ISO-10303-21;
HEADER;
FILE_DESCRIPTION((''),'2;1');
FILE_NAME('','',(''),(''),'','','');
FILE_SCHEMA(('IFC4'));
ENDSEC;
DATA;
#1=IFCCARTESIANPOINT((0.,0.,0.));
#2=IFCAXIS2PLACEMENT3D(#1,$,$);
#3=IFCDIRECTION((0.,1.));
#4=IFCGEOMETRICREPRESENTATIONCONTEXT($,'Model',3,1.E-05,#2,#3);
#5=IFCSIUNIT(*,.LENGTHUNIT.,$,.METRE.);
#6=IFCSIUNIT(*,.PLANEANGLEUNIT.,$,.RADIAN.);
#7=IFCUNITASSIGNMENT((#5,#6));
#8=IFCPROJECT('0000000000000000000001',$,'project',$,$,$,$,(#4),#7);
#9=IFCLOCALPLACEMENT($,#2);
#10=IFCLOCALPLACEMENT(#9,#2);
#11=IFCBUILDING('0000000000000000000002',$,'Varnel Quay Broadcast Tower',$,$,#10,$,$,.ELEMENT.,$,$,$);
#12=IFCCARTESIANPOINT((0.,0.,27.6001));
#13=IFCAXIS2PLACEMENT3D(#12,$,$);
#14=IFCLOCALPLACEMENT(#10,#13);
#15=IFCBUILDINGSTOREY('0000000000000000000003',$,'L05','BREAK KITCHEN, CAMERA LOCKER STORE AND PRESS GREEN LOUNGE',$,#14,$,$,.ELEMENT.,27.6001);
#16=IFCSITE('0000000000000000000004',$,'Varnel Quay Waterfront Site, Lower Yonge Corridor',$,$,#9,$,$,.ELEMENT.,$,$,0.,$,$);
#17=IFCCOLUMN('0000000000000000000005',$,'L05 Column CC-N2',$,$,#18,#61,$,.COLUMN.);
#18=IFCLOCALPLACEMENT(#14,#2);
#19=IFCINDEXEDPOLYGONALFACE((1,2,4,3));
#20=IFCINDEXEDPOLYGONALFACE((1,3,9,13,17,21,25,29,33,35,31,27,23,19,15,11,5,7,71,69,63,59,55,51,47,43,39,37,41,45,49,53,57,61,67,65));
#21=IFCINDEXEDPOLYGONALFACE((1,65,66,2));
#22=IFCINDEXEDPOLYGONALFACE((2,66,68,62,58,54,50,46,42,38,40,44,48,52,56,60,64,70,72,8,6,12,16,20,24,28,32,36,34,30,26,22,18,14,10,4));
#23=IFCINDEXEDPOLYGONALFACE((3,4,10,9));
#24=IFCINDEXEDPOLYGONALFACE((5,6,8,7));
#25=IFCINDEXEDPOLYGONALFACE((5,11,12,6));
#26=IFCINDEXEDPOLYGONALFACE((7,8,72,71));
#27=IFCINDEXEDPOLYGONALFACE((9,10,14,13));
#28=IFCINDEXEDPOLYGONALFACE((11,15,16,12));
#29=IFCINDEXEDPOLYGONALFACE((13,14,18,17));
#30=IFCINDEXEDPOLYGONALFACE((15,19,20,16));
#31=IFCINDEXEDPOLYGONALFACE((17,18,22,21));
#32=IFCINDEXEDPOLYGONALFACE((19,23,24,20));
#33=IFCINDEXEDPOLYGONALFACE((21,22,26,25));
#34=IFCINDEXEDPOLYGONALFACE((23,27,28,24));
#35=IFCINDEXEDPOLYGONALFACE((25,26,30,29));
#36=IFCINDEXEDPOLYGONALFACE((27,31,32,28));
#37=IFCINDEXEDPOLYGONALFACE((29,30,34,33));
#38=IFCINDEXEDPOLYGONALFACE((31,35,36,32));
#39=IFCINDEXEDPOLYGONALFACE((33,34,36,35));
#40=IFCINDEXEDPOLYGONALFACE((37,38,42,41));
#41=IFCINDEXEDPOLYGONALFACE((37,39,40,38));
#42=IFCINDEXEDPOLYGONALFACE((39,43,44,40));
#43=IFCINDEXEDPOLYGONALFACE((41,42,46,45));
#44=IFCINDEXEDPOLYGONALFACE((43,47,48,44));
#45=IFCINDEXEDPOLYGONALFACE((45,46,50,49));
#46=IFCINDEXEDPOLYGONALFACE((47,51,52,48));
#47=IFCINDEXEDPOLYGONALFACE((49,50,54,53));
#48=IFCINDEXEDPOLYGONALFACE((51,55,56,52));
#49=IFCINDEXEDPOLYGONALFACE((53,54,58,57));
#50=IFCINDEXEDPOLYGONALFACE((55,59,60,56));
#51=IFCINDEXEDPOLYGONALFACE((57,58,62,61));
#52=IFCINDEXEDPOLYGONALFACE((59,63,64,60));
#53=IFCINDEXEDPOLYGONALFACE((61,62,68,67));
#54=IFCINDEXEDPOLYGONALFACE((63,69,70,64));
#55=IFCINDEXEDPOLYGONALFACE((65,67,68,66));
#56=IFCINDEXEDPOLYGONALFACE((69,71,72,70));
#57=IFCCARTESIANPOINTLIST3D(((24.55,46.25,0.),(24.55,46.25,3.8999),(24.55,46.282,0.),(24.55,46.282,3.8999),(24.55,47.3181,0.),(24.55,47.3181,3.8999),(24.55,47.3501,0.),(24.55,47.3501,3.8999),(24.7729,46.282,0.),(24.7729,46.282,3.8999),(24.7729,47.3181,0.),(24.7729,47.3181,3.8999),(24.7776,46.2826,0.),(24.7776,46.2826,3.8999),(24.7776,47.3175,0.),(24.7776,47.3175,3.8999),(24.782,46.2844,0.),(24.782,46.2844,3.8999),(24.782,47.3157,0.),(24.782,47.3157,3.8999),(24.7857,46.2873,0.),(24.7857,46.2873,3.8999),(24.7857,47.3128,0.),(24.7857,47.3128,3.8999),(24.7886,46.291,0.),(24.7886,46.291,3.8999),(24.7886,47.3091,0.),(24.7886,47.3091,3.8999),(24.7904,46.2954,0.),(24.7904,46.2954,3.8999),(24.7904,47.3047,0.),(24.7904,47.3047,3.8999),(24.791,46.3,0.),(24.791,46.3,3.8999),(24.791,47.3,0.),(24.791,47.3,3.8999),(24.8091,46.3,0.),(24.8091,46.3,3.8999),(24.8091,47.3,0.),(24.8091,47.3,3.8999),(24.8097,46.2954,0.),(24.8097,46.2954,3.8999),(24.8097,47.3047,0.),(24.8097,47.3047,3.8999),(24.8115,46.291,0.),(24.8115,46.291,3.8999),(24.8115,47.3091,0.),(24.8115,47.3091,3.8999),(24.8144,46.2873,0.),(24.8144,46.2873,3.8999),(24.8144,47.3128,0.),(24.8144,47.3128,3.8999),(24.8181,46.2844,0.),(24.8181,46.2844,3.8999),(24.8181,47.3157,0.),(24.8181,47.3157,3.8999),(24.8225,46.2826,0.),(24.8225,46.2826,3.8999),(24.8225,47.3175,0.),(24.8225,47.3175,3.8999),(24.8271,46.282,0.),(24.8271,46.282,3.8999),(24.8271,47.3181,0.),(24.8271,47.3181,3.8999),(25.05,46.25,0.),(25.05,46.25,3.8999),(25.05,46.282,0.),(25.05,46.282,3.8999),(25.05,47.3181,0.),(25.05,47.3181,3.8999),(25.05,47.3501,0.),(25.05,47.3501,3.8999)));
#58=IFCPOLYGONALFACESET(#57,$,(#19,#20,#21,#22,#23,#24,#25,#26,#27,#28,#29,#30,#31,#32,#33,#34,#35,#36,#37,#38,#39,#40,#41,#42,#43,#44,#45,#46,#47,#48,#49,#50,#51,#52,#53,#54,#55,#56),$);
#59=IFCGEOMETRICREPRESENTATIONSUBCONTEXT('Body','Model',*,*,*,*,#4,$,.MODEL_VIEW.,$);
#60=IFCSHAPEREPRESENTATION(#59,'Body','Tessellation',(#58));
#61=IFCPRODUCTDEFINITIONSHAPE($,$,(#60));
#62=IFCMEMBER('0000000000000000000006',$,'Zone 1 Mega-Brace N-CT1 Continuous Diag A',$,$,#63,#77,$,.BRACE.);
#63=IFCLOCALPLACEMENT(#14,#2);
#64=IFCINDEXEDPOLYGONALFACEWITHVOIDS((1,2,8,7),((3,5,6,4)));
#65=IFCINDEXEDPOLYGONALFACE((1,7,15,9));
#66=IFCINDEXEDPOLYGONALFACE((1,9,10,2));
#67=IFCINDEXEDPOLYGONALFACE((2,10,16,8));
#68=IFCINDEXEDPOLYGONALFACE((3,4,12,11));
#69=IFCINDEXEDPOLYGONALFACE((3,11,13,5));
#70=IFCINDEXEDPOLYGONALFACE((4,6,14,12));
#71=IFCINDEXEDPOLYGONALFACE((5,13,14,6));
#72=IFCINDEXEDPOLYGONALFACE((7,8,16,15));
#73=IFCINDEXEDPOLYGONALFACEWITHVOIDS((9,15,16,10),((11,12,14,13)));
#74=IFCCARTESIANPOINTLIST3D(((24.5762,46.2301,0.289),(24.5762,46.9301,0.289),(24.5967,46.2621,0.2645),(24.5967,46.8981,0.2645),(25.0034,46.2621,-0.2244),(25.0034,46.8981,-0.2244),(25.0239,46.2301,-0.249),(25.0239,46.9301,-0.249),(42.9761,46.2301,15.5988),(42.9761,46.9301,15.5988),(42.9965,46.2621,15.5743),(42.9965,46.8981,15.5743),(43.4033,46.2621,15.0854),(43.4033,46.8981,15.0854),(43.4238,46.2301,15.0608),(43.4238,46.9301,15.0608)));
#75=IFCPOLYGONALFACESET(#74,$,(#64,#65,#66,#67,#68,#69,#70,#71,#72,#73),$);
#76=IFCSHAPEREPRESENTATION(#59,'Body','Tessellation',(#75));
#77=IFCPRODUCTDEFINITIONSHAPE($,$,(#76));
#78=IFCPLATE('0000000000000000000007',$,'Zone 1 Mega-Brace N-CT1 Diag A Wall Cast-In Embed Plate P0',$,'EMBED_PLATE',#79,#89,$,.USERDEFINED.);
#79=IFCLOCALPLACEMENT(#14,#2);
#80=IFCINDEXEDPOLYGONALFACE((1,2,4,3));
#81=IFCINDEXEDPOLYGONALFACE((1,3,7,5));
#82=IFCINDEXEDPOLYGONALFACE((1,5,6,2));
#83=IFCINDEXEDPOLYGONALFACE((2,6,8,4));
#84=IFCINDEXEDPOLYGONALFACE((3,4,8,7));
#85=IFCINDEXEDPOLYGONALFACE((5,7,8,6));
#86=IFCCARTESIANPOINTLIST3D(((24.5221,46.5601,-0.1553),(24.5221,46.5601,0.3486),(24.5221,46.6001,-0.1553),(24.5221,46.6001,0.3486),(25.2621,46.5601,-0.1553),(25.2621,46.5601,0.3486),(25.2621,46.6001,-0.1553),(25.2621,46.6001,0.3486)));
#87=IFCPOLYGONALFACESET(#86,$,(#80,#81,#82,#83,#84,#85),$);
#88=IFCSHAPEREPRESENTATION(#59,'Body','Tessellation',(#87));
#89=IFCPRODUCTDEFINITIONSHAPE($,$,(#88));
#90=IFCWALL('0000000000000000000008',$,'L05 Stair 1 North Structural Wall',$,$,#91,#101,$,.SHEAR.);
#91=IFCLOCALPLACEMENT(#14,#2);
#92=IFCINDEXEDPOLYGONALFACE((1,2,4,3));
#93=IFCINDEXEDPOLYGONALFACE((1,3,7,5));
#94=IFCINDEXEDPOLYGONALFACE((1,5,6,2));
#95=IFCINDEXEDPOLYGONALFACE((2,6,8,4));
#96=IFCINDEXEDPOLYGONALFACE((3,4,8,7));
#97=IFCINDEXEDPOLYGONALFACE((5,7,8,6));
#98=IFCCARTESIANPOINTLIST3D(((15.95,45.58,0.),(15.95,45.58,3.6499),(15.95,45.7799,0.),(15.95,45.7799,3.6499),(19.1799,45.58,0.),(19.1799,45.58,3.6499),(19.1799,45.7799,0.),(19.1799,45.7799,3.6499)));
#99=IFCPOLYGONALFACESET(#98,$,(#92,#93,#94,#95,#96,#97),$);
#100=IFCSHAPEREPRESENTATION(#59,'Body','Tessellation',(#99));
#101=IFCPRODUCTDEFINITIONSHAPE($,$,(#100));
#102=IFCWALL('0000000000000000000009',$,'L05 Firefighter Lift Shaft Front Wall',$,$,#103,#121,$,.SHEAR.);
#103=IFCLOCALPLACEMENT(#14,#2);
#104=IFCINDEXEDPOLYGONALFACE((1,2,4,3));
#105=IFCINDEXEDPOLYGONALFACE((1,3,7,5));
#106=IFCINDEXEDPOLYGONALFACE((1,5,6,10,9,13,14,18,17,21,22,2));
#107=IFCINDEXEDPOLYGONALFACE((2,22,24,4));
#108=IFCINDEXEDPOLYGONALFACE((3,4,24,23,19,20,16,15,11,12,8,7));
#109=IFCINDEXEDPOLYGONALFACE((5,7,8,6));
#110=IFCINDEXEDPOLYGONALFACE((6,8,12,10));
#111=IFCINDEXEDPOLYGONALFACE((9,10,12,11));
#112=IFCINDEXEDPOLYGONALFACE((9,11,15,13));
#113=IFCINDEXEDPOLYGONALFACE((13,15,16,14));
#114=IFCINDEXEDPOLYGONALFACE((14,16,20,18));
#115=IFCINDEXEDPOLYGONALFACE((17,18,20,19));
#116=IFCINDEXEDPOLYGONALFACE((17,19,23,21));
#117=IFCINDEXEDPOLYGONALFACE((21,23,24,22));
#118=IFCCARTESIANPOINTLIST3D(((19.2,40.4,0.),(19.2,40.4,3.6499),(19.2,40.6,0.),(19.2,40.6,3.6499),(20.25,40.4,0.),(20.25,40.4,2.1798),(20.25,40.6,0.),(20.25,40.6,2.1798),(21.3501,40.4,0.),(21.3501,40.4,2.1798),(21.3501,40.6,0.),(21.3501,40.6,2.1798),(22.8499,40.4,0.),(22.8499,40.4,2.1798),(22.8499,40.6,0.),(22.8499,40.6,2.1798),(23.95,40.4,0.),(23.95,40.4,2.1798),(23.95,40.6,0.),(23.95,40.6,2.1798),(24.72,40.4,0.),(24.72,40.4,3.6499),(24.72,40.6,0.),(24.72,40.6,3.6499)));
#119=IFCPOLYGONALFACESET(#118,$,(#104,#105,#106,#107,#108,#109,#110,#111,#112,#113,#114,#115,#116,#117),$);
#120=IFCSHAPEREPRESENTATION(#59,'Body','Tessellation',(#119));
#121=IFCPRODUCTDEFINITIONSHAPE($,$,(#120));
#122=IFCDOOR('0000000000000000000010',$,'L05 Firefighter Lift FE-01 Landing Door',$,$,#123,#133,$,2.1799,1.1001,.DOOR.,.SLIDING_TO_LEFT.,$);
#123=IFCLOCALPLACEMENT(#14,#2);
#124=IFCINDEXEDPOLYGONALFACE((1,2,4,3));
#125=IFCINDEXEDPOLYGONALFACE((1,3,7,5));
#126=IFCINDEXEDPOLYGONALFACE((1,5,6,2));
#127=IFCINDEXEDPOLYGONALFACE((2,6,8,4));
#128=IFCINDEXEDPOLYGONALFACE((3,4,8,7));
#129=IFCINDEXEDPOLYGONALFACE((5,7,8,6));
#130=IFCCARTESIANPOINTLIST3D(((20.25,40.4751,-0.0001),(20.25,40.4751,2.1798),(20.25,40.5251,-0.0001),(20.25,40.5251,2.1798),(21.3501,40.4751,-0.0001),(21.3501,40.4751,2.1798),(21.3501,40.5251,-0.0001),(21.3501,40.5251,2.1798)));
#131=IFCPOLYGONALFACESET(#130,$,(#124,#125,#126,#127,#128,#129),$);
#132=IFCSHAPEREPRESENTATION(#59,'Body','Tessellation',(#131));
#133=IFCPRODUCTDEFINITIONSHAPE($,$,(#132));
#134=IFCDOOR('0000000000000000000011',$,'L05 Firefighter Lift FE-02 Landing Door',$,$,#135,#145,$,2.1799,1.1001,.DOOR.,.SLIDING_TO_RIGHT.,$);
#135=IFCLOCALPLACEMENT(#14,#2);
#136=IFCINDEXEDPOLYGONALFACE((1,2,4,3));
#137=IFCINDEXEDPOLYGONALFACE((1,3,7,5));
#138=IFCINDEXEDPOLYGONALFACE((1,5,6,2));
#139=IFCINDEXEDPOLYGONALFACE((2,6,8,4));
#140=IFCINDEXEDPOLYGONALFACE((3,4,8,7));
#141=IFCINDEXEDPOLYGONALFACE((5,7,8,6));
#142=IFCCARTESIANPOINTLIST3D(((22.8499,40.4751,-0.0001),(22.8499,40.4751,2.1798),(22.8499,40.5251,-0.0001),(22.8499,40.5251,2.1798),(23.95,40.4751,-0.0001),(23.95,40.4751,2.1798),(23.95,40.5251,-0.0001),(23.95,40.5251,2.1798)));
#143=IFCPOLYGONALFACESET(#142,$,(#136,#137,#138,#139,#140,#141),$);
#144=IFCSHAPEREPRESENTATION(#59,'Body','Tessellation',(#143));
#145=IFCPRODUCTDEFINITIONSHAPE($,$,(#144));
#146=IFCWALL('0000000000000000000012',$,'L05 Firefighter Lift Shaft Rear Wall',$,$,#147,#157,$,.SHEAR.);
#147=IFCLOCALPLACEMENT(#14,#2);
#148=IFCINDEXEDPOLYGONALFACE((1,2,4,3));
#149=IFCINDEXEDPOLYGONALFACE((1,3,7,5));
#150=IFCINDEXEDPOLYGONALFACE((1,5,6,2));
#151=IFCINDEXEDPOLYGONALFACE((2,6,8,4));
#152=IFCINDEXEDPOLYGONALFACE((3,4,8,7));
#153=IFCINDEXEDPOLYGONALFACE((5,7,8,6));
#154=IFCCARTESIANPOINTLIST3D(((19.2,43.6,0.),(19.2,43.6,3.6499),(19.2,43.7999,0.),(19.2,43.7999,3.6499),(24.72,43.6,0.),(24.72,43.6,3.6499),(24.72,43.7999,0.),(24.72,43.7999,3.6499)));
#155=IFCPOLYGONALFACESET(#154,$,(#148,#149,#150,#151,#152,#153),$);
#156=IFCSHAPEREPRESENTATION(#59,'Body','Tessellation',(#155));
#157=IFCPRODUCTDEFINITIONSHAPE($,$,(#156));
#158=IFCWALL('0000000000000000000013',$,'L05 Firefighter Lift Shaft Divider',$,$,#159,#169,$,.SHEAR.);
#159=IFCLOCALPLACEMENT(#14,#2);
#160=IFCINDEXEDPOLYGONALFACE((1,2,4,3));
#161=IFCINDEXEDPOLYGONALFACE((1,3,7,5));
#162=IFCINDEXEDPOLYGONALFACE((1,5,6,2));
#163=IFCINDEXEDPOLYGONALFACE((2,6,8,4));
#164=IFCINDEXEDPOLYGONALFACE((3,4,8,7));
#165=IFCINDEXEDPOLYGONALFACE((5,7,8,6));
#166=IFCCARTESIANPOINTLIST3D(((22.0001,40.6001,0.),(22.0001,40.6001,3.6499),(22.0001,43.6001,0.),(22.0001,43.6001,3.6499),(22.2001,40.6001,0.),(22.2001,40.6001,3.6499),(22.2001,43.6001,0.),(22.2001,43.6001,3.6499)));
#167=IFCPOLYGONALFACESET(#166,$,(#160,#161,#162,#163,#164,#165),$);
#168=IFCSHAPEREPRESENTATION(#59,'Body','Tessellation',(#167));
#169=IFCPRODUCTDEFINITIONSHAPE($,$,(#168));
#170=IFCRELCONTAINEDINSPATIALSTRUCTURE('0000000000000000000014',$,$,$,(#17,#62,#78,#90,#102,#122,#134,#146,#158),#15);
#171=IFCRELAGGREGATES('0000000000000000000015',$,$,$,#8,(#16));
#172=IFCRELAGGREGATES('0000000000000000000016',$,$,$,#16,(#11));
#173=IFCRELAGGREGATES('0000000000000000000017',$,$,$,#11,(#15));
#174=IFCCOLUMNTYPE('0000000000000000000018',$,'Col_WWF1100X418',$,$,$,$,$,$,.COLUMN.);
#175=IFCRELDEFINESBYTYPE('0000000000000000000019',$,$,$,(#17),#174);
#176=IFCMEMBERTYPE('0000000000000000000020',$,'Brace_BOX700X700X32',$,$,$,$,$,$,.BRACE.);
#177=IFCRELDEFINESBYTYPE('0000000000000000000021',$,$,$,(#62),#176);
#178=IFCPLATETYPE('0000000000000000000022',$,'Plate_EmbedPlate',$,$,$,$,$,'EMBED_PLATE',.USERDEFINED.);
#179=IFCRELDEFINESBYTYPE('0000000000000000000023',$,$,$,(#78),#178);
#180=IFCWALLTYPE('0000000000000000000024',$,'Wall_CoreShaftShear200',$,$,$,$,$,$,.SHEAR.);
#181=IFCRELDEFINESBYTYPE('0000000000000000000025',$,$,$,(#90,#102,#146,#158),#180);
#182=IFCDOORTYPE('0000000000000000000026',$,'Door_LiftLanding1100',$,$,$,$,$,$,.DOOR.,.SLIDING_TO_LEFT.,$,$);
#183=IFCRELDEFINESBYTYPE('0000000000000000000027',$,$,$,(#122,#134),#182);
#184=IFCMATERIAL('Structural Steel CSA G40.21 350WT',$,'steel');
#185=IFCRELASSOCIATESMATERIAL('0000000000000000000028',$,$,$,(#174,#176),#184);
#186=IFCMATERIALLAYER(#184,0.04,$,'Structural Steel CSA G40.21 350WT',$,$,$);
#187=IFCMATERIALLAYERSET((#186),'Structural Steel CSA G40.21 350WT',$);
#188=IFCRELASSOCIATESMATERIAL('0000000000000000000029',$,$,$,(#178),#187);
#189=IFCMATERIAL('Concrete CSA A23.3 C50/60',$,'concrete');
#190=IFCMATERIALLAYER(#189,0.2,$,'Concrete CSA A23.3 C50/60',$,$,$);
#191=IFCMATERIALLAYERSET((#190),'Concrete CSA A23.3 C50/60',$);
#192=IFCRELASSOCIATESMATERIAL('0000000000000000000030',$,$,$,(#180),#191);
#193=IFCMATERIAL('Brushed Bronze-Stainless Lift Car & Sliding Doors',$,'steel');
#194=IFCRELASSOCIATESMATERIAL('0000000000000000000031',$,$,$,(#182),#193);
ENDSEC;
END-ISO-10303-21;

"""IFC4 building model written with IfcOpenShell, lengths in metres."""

from ifc_helpers import new_model, si_unit, direction, frame, frame_2d, origin, origin_2d, place, context, subcontext, project, spatial, rectangle, hollow_rectangle, i_section, extrude, source, transform, mapped, material, layer, layer_set, material_profile, profile_set, type_object, type_shapes, element, fill, save


model = new_model("IFC4")

# Units and contexts
model_context = context("Model", 3, precision=1e-05, world=origin(), true_north=direction((0.0, 1.0)))
body_context = subcontext(model_context, "Body", "Model", "MODEL_VIEW")
ifc_project = project(units=[si_unit("LENGTHUNIT", "METRE"), si_unit("PLANEANGLEUNIT", "RADIAN")], contexts=[model_context])

# Site, building, storey
site_placement = place(None, origin())
site = spatial("IfcSite", under=ifc_project, at=site_placement, Name="Varnel Quay Waterfront Site, Lower Yonge Corridor", CompositionType="ELEMENT", RefElevation=0.0)
building_placement = place(site_placement, origin())
building = spatial("IfcBuilding", under=site, at=building_placement, Name="Varnel Quay Broadcast Tower", CompositionType="ELEMENT")
storey_placement = place(building_placement, frame((0.0, 0.0, 27.6001)))
storey = spatial("IfcBuildingStorey", under=building, at=storey_placement, Name="L05", Description="BREAK KITCHEN, CAMERA LOCKER STORE AND PRESS GREEN LOUNGE", CompositionType="ELEMENT", Elevation=27.6001)

# Column
ifc_material_1 = material(Name="Structural Steel CSA G40.21 350WT", Category="steel")
ifc_material_profile_1 = material_profile(ifc_material_1, i_section(OverallWidth=0.5, OverallDepth=1.1001, WebThickness=0.0181, FlangeThickness=0.032, FilletRadius=0.0181, at=origin_2d()), Name="WWF1100X418")
ifc_profile_set_1 = profile_set([ifc_material_profile_1], Name="Structural Steel CSA G40.21 350WT")
column_type = type_object("IfcColumnType", Name="Col_WWF1100X418", PredefinedType="COLUMN", material=ifc_profile_set_1)
shared_shape_1 = source(origin(), body_context, "Body", "SweptSolid", [
    extrude(i_section(OverallWidth=0.5, OverallDepth=1.1001, WebThickness=0.0181, FlangeThickness=0.032, FilletRadius=0.0181, at=origin_2d()), origin(), (0.0, 0.0, 1.0), 3.8999),
])
type_shapes(column_type, [shared_shape_1])
column_placement = place(storey_placement, frame((24.8, 46.8, 0.0), z_axis=(0.0, 0.0, 1.0), x_axis=(1.0, 0.0, 0.0)))
element("IfcColumn", 1, at=column_placement, inside=storey, type_object=column_type, Name="L05 Column CC-N2", PredefinedType="COLUMN", context=body_context, shape_type="MappedRepresentation", body=[
    mapped(shared_shape_1, transform((0.0, 0.0, 0.0), x_axis=(1.0, 0.0, 0.0), y_axis=(0.0, 1.0, 0.0), z_axis=(0.0, 0.0, 1.0), scale=1.0)),
])

# Member
ifc_material_profile_2 = material_profile(ifc_material_1, hollow_rectangle(XDim=0.7, YDim=0.7, WallThickness=0.032, at=origin_2d()), Name="BOX700X700X32")
ifc_profile_set_2 = profile_set([ifc_material_profile_2], Name="Structural Steel CSA G40.21 350WT")
member_type = type_object("IfcMemberType", Name="Brace_BOX700X700X32", PredefinedType="BRACE", material=ifc_profile_set_2)
shared_shape_2 = source(origin(), body_context, "Body", "SweptSolid", [
    extrude(hollow_rectangle(XDim=0.7, YDim=0.7, WallThickness=0.032, at=origin_2d()), origin(), (0.0, 0.0, 1.0), 23.9363),
])
type_shapes(member_type, [shared_shape_2])
member_placement = place(storey_placement, frame((24.8, 46.5801, 0.02), z_axis=(0.768703, 0.0, 0.639606), x_axis=(0.0, 1.0, 0.0)))
element("IfcMember", 2, at=member_placement, inside=storey, type_object=member_type, Name="Zone 1 Mega-Brace N-CT1 Continuous Diag A", PredefinedType="BRACE", context=body_context, shape_type="MappedRepresentation", body=[
    mapped(shared_shape_2, transform((0.0, 0.0, 0.0), x_axis=(1.0, 0.0, 0.0), y_axis=(0.0, 1.0, 0.0), z_axis=(0.0, 0.0, 1.0), scale=1.0)),
])

# Plate
ifc_layer_1 = layer(ifc_material_1, 0.04, Name="Structural Steel CSA G40.21 350WT")
ifc_layer_set_1 = layer_set([ifc_layer_1], Name="Structural Steel CSA G40.21 350WT")
plate_type = type_object("IfcPlateType", Name="Plate_EmbedPlate", ElementType="EMBED_PLATE", PredefinedType="USERDEFINED", material=ifc_layer_set_1)
shared_shape_3 = source(origin(), body_context, "Body", "SweptSolid", [
    extrude(rectangle(XDim=0.74, YDim=0.04, at=origin_2d()), origin(), (0.0, 0.0, 1.0), 0.5039),
])
type_shapes(plate_type, [shared_shape_3])
plate_placement = place(storey_placement, frame((24.8921, 46.5801, -0.1553), z_axis=(0.0, 0.0, 1.0), x_axis=(1.0, 0.0, 0.0)))
element("IfcPlate", 3, at=plate_placement, inside=storey, type_object=plate_type, Name="Zone 1 Mega-Brace N-CT1 Diag A Wall Cast-In Embed Plate P0", ObjectType="EMBED_PLATE", PredefinedType="USERDEFINED", context=body_context, shape_type="MappedRepresentation", body=[
    mapped(shared_shape_3, transform((0.0, 0.0, 0.0), x_axis=(1.0, 0.0, 0.0), y_axis=(0.0, 1.0, 0.0), z_axis=(0.0, 0.0, 1.0), scale=1.0)),
])

# Wall
ifc_material_2 = material(Name="Concrete CSA A23.3 C50/60", Category="concrete")
ifc_layer_2 = layer(ifc_material_2, 0.2, Name="Concrete CSA A23.3 C50/60")
ifc_layer_set_2 = layer_set([ifc_layer_2], Name="Concrete CSA A23.3 C50/60")
wall_type_1 = type_object("IfcWallType", Name="Wall_CoreShaftShear200", PredefinedType="SHEAR", material=ifc_layer_set_2)
wall_1_placement = place(storey_placement, frame((15.95, 45.6799, 0.0), z_axis=(0.0, 0.0, 1.0), x_axis=(1.0, 0.0, 0.0)))
element("IfcWall", 4, at=wall_1_placement, inside=storey, type_object=wall_type_1, Name="L05 Stair 1 North Structural Wall", PredefinedType="SHEAR", context=body_context, shape_type="SweptSolid", body=[
    extrude(rectangle(XDim=3.23, YDim=0.2, at=frame_2d((1.615, 0.0))), origin(), (0.0, 0.0, 1.0), 3.6499),
])

# Wall, openings, doors
wall_2_placement = place(storey_placement, frame((19.2, 40.5, 0.0), z_axis=(0.0, 0.0, 1.0), x_axis=(1.0, 0.0, 0.0)))
wall_2 = element("IfcWall", 5, at=wall_2_placement, inside=storey, type_object=wall_type_1, Name="L05 Firefighter Lift Shaft Front Wall", PredefinedType="SHEAR", context=body_context, shape_type="SweptSolid", body=[
    extrude(rectangle(XDim=5.52, YDim=0.2, at=frame_2d((2.76, 0.0))), origin(), (0.0, 0.0, 1.0), 3.6499),
])
opening_1_placement = place(wall_2_placement, frame((1.05, 0.0, 0.0)))
opening_1 = element("IfcOpeningElement", 6, at=opening_1_placement, cuts=wall_2, PredefinedType="OPENING", context=body_context, shape_type="SweptSolid", body=[
    extrude(rectangle(XDim=1.1001, YDim=2.1799, at=frame_2d((0.55, 1.0898))), frame((0.0, 0.1099, 0.0), z_axis=(0.0, -1.0, 0.0), x_axis=(1.0, 0.0, 0.0)), (0.0, 0.0, 1.0), 0.22),
])
opening_2_placement = place(wall_2_placement, frame((3.6499, 0.0, 0.0)))
opening_2 = element("IfcOpeningElement", 7, at=opening_2_placement, cuts=wall_2, PredefinedType="OPENING", context=body_context, shape_type="SweptSolid", body=[
    extrude(rectangle(XDim=1.1001, YDim=2.1799, at=frame_2d((0.55, 1.0898))), frame((0.0, 0.1099, 0.0), z_axis=(0.0, -1.0, 0.0), x_axis=(1.0, 0.0, 0.0)), (0.0, 0.0, 1.0), 0.22),
])
ifc_material_3 = material(Name="Brushed Bronze-Stainless Lift Car & Sliding Doors", Category="steel")
door_type = type_object("IfcDoorType", Name="Door_LiftLanding1100", OperationType="SLIDING_TO_LEFT", PredefinedType="DOOR", material=ifc_material_3)
shared_shape_4 = source(origin(), body_context, "Body", "SweptSolid", [
    extrude(rectangle(XDim=1.1001, YDim=2.1799, at=frame_2d((0.55, 1.0898))), frame((0.0, 0.0249, 0.0), z_axis=(0.0, -1.0, 0.0), x_axis=(1.0, 0.0, 0.0)), (0.0, 0.0, 1.0), 0.05),
])
type_shapes(door_type, [shared_shape_4])
door_1_placement = place(opening_1_placement, frame((1.1001, 0.0, 0.0), z_axis=(0.0, 0.0, 1.0), x_axis=(-1.0, 0.0, 0.0)))
door_1 = element("IfcDoor", 8, at=door_1_placement, inside=storey, type_object=door_type, Name="L05 Firefighter Lift FE-01 Landing Door", OperationType="SLIDING_TO_LEFT", OverallHeight=2.1799, OverallWidth=1.1001, PredefinedType="DOOR", context=body_context, shape_type="MappedRepresentation", body=[
    mapped(shared_shape_4, transform((0.0, 0.0, 0.0), x_axis=(1.0, 0.0, 0.0), y_axis=(0.0, 1.0, 0.0), z_axis=(0.0, 0.0, 1.0), scale=1.0)),
])
fill(opening_1, door_1)
door_2_placement = place(opening_2_placement, frame((1.1001, 0.0, 0.0), z_axis=(0.0, 0.0, 1.0), x_axis=(-1.0, 0.0, 0.0)))
door_2 = element("IfcDoor", 9, at=door_2_placement, inside=storey, type_object=door_type, Name="L05 Firefighter Lift FE-02 Landing Door", OperationType="SLIDING_TO_RIGHT", OverallHeight=2.1799, OverallWidth=1.1001, PredefinedType="DOOR", context=body_context, shape_type="MappedRepresentation", body=[
    mapped(shared_shape_4, transform((0.0, 0.0, 0.0), x_axis=(1.0, 0.0, 0.0), y_axis=(0.0, 1.0, 0.0), z_axis=(0.0, 0.0, 1.0), scale=1.0)),
])
fill(opening_2, door_2)

# Walls
wall_3_placement = place(storey_placement, frame((19.2, 43.7, 0.0), z_axis=(0.0, 0.0, 1.0), x_axis=(1.0, 0.0, 0.0)))
element("IfcWall", 10, at=wall_3_placement, inside=storey, type_object=wall_type_1, Name="L05 Firefighter Lift Shaft Rear Wall", PredefinedType="SHEAR", context=body_context, shape_type="SweptSolid", body=[
    extrude(rectangle(XDim=5.52, YDim=0.2, at=frame_2d((2.76, 0.0))), origin(), (0.0, 0.0, 1.0), 3.6499),
])
wall_4_placement = place(storey_placement, frame((22.1001, 40.6001, 0.0), z_axis=(0.0, 0.0, 1.0), x_axis=(0.0, 1.0, 0.0)))
element("IfcWall", 11, at=wall_4_placement, inside=storey, type_object=wall_type_1, Name="L05 Firefighter Lift Shaft Divider", PredefinedType="SHEAR", context=body_context, shape_type="SweptSolid", body=[
    extrude(rectangle(XDim=3.0, YDim=0.2, at=frame_2d((1.5, 0.0))), origin(), (0.0, 0.0, 1.0), 3.6499),
])

save(model, "model.ifc")
